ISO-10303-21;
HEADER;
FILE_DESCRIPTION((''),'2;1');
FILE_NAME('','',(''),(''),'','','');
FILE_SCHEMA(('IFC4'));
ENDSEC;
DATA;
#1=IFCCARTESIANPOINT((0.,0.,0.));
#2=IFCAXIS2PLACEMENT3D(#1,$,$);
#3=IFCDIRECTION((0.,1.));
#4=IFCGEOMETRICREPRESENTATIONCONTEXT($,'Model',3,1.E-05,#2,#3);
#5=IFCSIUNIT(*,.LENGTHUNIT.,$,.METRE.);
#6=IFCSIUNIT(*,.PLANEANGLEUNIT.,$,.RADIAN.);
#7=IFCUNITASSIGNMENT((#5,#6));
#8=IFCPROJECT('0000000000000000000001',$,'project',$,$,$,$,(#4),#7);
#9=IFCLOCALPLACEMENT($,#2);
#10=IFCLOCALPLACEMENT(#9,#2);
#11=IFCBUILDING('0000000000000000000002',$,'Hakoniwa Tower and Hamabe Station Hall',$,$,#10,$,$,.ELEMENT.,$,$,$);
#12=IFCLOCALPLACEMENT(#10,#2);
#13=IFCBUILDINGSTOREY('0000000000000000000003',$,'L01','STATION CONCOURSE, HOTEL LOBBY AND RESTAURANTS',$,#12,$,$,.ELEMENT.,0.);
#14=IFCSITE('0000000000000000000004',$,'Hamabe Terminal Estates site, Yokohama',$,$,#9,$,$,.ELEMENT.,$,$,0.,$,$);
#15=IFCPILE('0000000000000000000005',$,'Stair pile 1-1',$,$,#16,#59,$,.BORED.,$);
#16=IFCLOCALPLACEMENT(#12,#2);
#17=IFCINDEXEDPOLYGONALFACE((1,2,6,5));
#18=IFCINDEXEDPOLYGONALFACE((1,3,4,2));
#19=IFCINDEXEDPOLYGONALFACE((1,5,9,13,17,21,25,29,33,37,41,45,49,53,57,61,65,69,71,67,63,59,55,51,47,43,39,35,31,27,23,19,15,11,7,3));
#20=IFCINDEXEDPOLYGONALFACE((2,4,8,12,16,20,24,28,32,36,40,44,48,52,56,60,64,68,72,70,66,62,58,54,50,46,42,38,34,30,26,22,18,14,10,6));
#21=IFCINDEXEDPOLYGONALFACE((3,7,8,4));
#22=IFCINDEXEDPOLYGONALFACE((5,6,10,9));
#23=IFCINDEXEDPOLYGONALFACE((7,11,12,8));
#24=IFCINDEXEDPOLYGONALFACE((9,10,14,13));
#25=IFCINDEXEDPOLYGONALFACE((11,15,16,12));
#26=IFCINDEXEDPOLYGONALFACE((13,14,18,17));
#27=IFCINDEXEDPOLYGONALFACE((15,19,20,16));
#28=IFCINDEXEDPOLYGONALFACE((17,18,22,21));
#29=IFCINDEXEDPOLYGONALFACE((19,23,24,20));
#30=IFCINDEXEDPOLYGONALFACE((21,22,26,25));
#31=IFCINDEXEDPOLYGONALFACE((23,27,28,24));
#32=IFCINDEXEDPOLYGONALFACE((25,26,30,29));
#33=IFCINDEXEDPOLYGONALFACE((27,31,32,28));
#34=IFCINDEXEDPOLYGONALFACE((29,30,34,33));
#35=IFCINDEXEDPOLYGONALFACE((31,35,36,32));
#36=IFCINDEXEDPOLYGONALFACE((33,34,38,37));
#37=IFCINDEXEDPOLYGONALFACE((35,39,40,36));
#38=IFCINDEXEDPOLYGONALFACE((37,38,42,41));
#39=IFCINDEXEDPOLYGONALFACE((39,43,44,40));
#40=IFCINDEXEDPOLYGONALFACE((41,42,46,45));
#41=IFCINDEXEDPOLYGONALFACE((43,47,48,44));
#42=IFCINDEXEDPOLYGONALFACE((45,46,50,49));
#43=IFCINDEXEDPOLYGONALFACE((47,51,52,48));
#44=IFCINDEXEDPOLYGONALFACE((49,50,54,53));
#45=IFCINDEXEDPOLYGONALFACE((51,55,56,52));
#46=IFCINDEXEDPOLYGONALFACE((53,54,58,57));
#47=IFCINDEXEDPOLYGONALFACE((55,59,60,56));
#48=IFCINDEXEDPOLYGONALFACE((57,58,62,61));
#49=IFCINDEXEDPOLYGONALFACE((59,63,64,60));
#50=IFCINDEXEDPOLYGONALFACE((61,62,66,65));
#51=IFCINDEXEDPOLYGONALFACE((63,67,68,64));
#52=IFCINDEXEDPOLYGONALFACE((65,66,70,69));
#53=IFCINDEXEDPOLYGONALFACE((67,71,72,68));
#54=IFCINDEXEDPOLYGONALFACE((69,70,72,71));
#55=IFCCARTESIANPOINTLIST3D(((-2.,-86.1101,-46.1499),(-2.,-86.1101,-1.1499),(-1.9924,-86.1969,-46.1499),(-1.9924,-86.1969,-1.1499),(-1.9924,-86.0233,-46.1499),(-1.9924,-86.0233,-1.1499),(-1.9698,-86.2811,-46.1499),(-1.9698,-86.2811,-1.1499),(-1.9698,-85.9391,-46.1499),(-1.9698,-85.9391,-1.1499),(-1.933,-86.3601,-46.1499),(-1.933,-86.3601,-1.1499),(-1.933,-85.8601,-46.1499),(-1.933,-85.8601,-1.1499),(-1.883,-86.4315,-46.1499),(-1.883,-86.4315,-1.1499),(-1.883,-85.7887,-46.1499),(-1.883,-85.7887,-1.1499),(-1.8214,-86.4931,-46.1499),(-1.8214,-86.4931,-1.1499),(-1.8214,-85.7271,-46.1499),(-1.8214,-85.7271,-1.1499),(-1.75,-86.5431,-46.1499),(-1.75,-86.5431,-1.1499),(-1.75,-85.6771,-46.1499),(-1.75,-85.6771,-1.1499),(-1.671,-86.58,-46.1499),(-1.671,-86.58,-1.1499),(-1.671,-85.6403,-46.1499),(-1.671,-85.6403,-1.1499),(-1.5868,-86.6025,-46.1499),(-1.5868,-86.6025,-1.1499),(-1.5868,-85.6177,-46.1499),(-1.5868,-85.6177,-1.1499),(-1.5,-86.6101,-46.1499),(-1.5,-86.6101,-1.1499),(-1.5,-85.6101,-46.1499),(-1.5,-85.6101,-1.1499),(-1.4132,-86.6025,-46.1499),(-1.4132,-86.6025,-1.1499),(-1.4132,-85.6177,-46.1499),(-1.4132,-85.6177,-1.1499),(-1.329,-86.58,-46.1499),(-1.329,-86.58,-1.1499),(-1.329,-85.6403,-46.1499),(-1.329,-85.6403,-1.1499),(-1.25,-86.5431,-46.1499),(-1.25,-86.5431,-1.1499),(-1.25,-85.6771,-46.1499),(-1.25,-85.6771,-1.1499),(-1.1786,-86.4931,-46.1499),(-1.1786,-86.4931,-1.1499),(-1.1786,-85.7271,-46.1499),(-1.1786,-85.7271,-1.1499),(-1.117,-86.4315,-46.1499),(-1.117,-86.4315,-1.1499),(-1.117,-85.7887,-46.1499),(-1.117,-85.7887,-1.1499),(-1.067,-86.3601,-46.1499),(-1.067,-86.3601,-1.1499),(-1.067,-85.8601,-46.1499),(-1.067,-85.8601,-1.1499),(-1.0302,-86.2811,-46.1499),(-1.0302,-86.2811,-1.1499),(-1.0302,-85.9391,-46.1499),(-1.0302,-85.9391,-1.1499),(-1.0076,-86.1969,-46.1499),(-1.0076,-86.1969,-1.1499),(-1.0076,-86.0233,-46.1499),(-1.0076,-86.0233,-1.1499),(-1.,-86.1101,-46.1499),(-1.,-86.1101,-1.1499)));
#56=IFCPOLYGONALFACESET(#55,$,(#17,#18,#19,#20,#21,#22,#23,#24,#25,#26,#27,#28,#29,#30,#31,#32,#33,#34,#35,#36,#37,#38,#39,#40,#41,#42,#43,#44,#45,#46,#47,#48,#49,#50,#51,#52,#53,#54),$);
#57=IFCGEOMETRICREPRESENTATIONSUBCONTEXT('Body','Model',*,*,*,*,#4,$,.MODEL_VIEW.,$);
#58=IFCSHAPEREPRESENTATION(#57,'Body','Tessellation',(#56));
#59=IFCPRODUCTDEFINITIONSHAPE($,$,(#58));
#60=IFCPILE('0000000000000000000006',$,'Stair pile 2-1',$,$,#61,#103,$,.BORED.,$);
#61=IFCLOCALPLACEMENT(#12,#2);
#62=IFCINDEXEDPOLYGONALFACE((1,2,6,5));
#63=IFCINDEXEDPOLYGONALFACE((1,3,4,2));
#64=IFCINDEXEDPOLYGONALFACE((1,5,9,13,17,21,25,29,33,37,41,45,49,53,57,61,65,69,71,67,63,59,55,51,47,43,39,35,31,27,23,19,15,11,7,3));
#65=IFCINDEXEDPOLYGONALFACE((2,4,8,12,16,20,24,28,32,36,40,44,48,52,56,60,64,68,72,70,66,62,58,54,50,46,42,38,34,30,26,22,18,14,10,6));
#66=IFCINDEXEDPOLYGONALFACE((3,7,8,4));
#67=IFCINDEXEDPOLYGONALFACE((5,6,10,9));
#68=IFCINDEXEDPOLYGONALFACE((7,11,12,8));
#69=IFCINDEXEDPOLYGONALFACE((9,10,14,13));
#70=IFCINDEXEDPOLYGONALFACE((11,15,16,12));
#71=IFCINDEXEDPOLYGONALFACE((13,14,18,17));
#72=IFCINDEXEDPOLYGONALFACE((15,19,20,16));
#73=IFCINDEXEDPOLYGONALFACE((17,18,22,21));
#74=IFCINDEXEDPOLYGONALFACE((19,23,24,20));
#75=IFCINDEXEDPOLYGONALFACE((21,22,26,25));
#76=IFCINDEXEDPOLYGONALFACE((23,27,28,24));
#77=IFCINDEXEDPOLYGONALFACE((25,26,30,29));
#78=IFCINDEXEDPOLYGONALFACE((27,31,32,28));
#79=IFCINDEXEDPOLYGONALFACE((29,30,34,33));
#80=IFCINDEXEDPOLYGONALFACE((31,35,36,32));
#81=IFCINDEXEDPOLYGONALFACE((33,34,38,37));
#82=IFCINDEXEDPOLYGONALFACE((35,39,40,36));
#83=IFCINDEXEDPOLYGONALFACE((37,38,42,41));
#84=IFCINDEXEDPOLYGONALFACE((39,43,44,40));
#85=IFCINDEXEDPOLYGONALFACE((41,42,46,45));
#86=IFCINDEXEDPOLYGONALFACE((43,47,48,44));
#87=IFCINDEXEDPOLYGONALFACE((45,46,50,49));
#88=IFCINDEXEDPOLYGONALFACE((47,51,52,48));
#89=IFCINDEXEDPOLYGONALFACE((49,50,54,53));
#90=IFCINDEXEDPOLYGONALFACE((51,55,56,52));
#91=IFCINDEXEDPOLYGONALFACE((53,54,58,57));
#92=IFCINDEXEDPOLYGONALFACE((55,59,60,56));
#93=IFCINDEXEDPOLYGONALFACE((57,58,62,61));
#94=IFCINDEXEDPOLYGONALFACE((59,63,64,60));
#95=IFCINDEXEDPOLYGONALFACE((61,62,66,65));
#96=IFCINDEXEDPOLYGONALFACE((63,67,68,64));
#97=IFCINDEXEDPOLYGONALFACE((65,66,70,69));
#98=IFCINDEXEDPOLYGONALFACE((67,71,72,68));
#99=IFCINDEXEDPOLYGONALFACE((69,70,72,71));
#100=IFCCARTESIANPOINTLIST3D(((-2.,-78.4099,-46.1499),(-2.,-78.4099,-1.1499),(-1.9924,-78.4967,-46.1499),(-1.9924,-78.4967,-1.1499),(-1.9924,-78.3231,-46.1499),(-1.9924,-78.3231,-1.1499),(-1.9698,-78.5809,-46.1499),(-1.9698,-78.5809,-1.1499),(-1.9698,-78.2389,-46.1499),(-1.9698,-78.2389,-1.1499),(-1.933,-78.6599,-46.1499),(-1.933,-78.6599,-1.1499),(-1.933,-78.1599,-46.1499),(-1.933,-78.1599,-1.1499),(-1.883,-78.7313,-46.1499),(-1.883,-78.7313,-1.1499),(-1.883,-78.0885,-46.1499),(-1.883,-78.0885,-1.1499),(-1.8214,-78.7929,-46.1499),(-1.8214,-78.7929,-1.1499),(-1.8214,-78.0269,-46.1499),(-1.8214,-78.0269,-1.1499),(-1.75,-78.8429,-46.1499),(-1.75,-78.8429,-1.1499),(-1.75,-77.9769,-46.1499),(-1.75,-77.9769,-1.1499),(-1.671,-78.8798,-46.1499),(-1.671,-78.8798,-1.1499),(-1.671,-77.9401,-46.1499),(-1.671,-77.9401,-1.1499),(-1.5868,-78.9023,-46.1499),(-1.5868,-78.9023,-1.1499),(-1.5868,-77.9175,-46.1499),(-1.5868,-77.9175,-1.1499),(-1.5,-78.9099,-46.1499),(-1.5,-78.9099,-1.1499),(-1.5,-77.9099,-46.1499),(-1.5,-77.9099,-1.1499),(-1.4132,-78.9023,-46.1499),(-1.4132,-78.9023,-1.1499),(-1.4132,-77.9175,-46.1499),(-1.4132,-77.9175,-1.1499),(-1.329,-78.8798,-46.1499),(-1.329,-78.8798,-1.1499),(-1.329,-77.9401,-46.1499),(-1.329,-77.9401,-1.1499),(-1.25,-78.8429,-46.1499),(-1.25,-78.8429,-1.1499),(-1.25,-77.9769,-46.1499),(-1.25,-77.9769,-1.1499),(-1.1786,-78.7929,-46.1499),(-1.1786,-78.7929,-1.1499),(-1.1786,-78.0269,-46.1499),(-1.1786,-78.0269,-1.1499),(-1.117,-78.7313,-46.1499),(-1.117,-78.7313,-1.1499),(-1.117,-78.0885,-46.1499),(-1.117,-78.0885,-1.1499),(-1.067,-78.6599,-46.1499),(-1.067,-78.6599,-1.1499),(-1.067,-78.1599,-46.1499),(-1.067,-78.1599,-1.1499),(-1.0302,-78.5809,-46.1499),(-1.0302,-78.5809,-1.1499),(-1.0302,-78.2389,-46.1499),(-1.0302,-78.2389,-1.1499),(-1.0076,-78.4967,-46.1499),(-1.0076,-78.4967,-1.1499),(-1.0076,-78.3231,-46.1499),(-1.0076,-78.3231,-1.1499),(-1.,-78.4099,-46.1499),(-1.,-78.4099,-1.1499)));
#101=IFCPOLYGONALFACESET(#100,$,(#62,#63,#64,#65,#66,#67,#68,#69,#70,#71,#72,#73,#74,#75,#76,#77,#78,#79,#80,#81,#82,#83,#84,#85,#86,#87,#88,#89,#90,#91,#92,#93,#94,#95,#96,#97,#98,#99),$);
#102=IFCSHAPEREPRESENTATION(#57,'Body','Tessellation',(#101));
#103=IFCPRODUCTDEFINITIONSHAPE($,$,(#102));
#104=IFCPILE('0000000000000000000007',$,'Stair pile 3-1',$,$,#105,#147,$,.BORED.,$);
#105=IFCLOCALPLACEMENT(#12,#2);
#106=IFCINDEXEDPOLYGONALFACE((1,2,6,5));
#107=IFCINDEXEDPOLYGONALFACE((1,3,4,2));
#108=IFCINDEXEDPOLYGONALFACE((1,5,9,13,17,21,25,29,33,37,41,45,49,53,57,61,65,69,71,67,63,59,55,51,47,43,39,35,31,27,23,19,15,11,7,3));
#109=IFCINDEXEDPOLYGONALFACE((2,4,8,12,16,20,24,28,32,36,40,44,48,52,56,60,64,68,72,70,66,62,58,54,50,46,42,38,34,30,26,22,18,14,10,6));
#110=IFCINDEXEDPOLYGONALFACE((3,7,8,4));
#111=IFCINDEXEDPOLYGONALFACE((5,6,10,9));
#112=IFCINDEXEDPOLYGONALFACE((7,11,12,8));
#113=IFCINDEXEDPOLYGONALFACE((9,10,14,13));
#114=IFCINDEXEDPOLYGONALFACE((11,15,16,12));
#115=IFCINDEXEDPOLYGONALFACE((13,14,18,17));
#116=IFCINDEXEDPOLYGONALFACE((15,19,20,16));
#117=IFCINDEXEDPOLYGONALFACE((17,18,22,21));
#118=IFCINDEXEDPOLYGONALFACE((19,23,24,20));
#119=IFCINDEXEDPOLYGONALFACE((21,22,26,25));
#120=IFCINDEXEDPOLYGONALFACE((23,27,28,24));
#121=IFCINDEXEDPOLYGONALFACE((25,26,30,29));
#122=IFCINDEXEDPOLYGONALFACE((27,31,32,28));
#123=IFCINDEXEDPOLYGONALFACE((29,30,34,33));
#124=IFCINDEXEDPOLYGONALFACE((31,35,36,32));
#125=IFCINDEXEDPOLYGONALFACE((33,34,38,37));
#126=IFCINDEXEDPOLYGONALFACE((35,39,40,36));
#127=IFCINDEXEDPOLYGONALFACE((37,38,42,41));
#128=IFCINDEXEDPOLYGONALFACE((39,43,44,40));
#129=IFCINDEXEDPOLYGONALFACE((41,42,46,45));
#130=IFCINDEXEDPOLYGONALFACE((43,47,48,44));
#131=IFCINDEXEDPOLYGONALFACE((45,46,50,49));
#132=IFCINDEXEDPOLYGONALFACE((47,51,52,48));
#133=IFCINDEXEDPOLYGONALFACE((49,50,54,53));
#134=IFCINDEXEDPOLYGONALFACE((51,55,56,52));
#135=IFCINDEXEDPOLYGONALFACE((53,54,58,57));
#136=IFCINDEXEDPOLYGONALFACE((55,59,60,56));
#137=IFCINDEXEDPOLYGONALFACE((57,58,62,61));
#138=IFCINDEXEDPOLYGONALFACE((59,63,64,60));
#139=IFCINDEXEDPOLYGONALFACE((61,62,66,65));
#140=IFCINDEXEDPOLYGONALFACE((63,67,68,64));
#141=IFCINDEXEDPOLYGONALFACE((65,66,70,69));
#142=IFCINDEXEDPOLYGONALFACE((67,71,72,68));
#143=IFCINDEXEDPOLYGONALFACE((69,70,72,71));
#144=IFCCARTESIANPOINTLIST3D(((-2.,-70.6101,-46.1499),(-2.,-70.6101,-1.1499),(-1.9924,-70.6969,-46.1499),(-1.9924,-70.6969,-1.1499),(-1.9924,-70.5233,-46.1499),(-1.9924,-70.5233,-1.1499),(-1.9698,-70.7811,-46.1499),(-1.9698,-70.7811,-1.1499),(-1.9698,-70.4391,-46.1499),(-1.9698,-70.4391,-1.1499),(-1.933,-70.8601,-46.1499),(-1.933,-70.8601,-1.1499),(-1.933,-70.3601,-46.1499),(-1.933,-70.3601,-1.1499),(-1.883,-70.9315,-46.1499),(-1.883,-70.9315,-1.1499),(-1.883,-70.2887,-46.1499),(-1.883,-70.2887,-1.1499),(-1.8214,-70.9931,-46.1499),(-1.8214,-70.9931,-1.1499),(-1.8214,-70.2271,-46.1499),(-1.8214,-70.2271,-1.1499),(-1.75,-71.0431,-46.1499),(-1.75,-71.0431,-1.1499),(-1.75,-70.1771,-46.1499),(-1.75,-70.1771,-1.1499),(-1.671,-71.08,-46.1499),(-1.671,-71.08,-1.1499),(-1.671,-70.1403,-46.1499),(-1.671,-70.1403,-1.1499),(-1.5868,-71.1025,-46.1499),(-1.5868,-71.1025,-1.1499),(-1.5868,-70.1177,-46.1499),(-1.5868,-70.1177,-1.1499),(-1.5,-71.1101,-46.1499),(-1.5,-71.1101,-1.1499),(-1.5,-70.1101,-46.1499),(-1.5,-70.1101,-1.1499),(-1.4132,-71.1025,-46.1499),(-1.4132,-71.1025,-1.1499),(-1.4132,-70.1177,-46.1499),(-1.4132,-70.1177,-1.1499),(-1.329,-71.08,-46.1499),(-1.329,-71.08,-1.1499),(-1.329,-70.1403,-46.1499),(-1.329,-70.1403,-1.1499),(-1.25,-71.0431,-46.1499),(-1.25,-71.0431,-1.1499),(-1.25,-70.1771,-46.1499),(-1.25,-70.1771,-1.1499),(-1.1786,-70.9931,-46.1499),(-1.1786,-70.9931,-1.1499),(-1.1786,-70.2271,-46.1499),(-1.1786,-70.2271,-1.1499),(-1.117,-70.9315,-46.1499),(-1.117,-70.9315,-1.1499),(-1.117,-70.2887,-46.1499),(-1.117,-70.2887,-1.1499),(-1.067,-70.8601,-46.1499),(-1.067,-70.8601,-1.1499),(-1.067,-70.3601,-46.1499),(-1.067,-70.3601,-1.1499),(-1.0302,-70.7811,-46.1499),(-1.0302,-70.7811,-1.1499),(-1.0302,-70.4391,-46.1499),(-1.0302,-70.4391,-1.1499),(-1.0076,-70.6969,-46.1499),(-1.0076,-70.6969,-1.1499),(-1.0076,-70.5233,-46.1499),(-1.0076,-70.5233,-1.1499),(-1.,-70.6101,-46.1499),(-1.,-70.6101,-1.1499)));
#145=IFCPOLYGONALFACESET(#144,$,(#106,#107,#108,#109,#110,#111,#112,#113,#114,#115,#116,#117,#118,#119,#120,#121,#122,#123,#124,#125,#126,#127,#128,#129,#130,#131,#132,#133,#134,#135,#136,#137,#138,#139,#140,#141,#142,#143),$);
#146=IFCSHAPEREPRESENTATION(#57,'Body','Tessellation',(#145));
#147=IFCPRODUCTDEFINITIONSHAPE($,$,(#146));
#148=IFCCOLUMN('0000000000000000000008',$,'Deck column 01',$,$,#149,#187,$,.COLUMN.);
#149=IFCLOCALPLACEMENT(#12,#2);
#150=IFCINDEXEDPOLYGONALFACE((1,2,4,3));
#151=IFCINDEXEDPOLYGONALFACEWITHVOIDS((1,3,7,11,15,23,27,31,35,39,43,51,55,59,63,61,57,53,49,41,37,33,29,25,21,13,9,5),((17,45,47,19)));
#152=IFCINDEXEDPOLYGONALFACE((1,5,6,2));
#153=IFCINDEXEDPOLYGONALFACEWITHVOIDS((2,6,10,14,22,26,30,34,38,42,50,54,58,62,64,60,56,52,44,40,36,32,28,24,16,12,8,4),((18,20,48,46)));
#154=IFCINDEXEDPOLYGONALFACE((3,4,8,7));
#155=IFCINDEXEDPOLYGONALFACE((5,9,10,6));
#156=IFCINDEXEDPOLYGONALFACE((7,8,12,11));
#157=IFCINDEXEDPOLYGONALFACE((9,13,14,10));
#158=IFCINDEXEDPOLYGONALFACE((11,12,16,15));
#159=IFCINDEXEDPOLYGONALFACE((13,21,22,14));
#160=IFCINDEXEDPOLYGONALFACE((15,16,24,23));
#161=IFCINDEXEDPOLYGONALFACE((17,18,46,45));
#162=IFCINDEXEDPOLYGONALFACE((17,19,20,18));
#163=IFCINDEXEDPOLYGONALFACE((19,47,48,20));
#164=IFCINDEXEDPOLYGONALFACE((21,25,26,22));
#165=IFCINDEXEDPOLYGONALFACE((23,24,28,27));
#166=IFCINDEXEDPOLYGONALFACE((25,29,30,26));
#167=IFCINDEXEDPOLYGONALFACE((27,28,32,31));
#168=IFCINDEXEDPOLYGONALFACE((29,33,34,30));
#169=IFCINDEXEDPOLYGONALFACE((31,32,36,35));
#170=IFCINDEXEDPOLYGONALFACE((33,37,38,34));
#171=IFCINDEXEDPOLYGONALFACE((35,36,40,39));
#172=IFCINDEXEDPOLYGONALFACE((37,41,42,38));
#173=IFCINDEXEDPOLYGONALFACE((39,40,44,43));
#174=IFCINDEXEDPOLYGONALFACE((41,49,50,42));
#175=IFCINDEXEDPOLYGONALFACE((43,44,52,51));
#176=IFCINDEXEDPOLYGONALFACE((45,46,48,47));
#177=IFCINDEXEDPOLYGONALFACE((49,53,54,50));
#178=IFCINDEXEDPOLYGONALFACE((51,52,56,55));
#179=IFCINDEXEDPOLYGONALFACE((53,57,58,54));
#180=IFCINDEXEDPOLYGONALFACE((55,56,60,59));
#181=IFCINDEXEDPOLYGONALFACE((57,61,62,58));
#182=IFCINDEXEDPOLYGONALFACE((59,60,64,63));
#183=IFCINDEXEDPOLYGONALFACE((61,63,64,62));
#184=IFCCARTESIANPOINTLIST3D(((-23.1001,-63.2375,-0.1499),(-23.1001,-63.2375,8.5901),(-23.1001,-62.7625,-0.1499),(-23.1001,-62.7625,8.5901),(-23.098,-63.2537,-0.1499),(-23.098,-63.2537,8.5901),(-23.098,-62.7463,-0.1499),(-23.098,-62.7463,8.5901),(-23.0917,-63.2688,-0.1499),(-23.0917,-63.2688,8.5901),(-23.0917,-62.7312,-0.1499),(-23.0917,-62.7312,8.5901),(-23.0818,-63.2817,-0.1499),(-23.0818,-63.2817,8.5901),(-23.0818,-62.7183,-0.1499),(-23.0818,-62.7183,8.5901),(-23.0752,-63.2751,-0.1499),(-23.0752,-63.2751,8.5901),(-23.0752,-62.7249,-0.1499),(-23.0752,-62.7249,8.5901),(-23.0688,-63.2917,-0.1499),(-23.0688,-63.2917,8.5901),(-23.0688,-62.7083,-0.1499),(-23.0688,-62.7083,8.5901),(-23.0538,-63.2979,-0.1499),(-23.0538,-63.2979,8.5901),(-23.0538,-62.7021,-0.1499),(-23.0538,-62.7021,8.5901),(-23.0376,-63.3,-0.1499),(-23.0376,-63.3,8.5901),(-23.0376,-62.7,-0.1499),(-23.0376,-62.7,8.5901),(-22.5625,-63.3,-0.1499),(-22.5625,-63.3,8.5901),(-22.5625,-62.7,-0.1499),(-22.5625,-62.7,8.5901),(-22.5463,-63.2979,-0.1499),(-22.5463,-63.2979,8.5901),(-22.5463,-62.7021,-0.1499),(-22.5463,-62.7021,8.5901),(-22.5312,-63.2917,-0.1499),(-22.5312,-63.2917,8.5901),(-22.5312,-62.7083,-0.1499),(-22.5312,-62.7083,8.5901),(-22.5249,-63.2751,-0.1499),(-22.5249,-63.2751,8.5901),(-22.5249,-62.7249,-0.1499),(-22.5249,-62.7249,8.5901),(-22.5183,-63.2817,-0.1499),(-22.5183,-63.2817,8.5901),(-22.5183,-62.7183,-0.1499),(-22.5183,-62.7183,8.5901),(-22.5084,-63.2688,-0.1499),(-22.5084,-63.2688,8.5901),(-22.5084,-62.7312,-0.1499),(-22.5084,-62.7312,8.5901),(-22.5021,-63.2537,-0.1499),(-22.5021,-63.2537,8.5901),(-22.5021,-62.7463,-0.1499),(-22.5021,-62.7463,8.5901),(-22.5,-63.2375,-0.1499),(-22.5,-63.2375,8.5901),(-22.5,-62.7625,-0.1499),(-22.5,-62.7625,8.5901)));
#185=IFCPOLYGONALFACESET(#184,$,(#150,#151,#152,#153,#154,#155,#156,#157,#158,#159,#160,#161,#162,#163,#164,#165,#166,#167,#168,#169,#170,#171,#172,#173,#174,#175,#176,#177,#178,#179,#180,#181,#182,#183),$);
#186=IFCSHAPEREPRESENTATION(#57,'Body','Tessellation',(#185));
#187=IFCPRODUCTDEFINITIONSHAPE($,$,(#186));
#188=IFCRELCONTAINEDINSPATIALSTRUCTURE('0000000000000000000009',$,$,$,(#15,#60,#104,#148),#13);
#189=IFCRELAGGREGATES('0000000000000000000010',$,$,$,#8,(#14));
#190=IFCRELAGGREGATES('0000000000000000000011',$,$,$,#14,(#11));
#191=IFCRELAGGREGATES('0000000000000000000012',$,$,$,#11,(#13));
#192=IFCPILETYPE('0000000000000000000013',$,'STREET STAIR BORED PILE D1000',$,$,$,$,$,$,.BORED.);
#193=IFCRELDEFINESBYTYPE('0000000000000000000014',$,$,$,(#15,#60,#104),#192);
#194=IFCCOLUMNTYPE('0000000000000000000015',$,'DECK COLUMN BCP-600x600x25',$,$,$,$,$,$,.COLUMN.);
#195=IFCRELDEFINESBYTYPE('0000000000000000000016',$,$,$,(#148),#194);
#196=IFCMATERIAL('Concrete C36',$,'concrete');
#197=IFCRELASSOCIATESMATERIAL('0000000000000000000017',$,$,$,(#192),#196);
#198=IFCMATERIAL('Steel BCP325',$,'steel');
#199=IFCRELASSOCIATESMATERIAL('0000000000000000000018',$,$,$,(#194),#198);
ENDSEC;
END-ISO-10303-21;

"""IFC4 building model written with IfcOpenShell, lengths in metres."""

from ifc_helpers import new_model, si_unit, direction, frame, origin, origin_2d, place, context, subcontext, project, spatial, hollow_rectangle, circle, extrude, material, material_profile, profile_set, type_object, element, save


model = new_model("IFC4")

# Units and contexts
model_context = context("Model", 3, precision=1e-05, world=origin(), true_north=direction((0.0, 1.0)))
body_context = subcontext(model_context, "Body", "Model", "MODEL_VIEW")
ifc_project = project(units=[si_unit("LENGTHUNIT", "METRE"), si_unit("PLANEANGLEUNIT", "RADIAN")], contexts=[model_context])

# Site, building, storey
site_placement = place(None, origin())
site = spatial("IfcSite", under=ifc_project, at=site_placement, Name="Hamabe Terminal Estates site, Yokohama", CompositionType="ELEMENT", RefElevation=0.0)
building_placement = place(site_placement, origin())
building = spatial("IfcBuilding", under=site, at=building_placement, Name="Hakoniwa Tower and Hamabe Station Hall", CompositionType="ELEMENT")
storey_placement = place(building_placement, origin())
storey = spatial("IfcBuildingStorey", under=building, at=storey_placement, Name="L01", Description="STATION CONCOURSE, HOTEL LOBBY AND RESTAURANTS", CompositionType="ELEMENT", Elevation=0.0)

# Piles
ifc_material_1 = material(Name="Concrete C36", Category="concrete")
ifc_material_profile_1 = material_profile(ifc_material_1, circle(Radius=0.5, at=origin_2d()), Name="STREET STAIR BORED PILE D1000")
ifc_profile_set_1 = profile_set([ifc_material_profile_1], Name="Concrete C36")
pile_type_1 = type_object("IfcPileType", Name="STREET STAIR BORED PILE D1000", PredefinedType="BORED", material=ifc_profile_set_1)
for number, where, z_axis, x_axis, name in (
    (1, (-1.5, -86.1101, -1.1499), (0.0, 0.0, -1.0), (1.0, 0.0, 0.0), "Stair pile 1-1"),
    (2, (-1.5, -78.4099, -1.1499), (0.0, 0.0, -1.0), (1.0, 0.0, 0.0), "Stair pile 2-1"),
    (3, (-1.5, -70.6101, -1.1499), (0.0, 0.0, -1.0), (1.0, 0.0, 0.0), "Stair pile 3-1"),
):
    element("IfcPile", number, at=place(storey_placement, frame(where, z_axis=z_axis, x_axis=x_axis)), inside=storey, type_object=pile_type_1, Name=name, PredefinedType="BORED", context=body_context, shape_type="SweptSolid", body=[
        extrude(circle(Radius=0.5, at=origin_2d()), origin(), (0.0, 0.0, 1.0), 45.0),
    ])

# Column
ifc_material_2 = material(Name="Steel BCP325", Category="steel")
ifc_material_profile_2 = material_profile(ifc_material_2, hollow_rectangle(XDim=0.6001, YDim=0.6001, WallThickness=0.0249, OuterFilletRadius=0.0625, at=origin_2d()), Name="DECK COLUMN BCP-600x600x25")
ifc_profile_set_2 = profile_set([ifc_material_profile_2], Name="Steel BCP325")
column_type = type_object("IfcColumnType", Name="DECK COLUMN BCP-600x600x25", PredefinedType="COLUMN", material=ifc_profile_set_2)
for number, where, z_axis, x_axis, name in (
    (4, (-22.8, -63.0, -0.1499), (0.0, 0.0, 1.0), (1.0, 0.0, 0.0), "Deck column 01"),
):
    element("IfcColumn", number, at=place(storey_placement, frame(where, z_axis=z_axis, x_axis=x_axis)), inside=storey, type_object=column_type, Name=name, PredefinedType="COLUMN", context=body_context, shape_type="SweptSolid", body=[
        extrude(hollow_rectangle(XDim=0.6001, YDim=0.6001, WallThickness=0.0249, OuterFilletRadius=0.0625, at=origin_2d()), origin(), (0.0, 0.0, 1.0), 8.74),
    ])

save(model, "model.ifc")
